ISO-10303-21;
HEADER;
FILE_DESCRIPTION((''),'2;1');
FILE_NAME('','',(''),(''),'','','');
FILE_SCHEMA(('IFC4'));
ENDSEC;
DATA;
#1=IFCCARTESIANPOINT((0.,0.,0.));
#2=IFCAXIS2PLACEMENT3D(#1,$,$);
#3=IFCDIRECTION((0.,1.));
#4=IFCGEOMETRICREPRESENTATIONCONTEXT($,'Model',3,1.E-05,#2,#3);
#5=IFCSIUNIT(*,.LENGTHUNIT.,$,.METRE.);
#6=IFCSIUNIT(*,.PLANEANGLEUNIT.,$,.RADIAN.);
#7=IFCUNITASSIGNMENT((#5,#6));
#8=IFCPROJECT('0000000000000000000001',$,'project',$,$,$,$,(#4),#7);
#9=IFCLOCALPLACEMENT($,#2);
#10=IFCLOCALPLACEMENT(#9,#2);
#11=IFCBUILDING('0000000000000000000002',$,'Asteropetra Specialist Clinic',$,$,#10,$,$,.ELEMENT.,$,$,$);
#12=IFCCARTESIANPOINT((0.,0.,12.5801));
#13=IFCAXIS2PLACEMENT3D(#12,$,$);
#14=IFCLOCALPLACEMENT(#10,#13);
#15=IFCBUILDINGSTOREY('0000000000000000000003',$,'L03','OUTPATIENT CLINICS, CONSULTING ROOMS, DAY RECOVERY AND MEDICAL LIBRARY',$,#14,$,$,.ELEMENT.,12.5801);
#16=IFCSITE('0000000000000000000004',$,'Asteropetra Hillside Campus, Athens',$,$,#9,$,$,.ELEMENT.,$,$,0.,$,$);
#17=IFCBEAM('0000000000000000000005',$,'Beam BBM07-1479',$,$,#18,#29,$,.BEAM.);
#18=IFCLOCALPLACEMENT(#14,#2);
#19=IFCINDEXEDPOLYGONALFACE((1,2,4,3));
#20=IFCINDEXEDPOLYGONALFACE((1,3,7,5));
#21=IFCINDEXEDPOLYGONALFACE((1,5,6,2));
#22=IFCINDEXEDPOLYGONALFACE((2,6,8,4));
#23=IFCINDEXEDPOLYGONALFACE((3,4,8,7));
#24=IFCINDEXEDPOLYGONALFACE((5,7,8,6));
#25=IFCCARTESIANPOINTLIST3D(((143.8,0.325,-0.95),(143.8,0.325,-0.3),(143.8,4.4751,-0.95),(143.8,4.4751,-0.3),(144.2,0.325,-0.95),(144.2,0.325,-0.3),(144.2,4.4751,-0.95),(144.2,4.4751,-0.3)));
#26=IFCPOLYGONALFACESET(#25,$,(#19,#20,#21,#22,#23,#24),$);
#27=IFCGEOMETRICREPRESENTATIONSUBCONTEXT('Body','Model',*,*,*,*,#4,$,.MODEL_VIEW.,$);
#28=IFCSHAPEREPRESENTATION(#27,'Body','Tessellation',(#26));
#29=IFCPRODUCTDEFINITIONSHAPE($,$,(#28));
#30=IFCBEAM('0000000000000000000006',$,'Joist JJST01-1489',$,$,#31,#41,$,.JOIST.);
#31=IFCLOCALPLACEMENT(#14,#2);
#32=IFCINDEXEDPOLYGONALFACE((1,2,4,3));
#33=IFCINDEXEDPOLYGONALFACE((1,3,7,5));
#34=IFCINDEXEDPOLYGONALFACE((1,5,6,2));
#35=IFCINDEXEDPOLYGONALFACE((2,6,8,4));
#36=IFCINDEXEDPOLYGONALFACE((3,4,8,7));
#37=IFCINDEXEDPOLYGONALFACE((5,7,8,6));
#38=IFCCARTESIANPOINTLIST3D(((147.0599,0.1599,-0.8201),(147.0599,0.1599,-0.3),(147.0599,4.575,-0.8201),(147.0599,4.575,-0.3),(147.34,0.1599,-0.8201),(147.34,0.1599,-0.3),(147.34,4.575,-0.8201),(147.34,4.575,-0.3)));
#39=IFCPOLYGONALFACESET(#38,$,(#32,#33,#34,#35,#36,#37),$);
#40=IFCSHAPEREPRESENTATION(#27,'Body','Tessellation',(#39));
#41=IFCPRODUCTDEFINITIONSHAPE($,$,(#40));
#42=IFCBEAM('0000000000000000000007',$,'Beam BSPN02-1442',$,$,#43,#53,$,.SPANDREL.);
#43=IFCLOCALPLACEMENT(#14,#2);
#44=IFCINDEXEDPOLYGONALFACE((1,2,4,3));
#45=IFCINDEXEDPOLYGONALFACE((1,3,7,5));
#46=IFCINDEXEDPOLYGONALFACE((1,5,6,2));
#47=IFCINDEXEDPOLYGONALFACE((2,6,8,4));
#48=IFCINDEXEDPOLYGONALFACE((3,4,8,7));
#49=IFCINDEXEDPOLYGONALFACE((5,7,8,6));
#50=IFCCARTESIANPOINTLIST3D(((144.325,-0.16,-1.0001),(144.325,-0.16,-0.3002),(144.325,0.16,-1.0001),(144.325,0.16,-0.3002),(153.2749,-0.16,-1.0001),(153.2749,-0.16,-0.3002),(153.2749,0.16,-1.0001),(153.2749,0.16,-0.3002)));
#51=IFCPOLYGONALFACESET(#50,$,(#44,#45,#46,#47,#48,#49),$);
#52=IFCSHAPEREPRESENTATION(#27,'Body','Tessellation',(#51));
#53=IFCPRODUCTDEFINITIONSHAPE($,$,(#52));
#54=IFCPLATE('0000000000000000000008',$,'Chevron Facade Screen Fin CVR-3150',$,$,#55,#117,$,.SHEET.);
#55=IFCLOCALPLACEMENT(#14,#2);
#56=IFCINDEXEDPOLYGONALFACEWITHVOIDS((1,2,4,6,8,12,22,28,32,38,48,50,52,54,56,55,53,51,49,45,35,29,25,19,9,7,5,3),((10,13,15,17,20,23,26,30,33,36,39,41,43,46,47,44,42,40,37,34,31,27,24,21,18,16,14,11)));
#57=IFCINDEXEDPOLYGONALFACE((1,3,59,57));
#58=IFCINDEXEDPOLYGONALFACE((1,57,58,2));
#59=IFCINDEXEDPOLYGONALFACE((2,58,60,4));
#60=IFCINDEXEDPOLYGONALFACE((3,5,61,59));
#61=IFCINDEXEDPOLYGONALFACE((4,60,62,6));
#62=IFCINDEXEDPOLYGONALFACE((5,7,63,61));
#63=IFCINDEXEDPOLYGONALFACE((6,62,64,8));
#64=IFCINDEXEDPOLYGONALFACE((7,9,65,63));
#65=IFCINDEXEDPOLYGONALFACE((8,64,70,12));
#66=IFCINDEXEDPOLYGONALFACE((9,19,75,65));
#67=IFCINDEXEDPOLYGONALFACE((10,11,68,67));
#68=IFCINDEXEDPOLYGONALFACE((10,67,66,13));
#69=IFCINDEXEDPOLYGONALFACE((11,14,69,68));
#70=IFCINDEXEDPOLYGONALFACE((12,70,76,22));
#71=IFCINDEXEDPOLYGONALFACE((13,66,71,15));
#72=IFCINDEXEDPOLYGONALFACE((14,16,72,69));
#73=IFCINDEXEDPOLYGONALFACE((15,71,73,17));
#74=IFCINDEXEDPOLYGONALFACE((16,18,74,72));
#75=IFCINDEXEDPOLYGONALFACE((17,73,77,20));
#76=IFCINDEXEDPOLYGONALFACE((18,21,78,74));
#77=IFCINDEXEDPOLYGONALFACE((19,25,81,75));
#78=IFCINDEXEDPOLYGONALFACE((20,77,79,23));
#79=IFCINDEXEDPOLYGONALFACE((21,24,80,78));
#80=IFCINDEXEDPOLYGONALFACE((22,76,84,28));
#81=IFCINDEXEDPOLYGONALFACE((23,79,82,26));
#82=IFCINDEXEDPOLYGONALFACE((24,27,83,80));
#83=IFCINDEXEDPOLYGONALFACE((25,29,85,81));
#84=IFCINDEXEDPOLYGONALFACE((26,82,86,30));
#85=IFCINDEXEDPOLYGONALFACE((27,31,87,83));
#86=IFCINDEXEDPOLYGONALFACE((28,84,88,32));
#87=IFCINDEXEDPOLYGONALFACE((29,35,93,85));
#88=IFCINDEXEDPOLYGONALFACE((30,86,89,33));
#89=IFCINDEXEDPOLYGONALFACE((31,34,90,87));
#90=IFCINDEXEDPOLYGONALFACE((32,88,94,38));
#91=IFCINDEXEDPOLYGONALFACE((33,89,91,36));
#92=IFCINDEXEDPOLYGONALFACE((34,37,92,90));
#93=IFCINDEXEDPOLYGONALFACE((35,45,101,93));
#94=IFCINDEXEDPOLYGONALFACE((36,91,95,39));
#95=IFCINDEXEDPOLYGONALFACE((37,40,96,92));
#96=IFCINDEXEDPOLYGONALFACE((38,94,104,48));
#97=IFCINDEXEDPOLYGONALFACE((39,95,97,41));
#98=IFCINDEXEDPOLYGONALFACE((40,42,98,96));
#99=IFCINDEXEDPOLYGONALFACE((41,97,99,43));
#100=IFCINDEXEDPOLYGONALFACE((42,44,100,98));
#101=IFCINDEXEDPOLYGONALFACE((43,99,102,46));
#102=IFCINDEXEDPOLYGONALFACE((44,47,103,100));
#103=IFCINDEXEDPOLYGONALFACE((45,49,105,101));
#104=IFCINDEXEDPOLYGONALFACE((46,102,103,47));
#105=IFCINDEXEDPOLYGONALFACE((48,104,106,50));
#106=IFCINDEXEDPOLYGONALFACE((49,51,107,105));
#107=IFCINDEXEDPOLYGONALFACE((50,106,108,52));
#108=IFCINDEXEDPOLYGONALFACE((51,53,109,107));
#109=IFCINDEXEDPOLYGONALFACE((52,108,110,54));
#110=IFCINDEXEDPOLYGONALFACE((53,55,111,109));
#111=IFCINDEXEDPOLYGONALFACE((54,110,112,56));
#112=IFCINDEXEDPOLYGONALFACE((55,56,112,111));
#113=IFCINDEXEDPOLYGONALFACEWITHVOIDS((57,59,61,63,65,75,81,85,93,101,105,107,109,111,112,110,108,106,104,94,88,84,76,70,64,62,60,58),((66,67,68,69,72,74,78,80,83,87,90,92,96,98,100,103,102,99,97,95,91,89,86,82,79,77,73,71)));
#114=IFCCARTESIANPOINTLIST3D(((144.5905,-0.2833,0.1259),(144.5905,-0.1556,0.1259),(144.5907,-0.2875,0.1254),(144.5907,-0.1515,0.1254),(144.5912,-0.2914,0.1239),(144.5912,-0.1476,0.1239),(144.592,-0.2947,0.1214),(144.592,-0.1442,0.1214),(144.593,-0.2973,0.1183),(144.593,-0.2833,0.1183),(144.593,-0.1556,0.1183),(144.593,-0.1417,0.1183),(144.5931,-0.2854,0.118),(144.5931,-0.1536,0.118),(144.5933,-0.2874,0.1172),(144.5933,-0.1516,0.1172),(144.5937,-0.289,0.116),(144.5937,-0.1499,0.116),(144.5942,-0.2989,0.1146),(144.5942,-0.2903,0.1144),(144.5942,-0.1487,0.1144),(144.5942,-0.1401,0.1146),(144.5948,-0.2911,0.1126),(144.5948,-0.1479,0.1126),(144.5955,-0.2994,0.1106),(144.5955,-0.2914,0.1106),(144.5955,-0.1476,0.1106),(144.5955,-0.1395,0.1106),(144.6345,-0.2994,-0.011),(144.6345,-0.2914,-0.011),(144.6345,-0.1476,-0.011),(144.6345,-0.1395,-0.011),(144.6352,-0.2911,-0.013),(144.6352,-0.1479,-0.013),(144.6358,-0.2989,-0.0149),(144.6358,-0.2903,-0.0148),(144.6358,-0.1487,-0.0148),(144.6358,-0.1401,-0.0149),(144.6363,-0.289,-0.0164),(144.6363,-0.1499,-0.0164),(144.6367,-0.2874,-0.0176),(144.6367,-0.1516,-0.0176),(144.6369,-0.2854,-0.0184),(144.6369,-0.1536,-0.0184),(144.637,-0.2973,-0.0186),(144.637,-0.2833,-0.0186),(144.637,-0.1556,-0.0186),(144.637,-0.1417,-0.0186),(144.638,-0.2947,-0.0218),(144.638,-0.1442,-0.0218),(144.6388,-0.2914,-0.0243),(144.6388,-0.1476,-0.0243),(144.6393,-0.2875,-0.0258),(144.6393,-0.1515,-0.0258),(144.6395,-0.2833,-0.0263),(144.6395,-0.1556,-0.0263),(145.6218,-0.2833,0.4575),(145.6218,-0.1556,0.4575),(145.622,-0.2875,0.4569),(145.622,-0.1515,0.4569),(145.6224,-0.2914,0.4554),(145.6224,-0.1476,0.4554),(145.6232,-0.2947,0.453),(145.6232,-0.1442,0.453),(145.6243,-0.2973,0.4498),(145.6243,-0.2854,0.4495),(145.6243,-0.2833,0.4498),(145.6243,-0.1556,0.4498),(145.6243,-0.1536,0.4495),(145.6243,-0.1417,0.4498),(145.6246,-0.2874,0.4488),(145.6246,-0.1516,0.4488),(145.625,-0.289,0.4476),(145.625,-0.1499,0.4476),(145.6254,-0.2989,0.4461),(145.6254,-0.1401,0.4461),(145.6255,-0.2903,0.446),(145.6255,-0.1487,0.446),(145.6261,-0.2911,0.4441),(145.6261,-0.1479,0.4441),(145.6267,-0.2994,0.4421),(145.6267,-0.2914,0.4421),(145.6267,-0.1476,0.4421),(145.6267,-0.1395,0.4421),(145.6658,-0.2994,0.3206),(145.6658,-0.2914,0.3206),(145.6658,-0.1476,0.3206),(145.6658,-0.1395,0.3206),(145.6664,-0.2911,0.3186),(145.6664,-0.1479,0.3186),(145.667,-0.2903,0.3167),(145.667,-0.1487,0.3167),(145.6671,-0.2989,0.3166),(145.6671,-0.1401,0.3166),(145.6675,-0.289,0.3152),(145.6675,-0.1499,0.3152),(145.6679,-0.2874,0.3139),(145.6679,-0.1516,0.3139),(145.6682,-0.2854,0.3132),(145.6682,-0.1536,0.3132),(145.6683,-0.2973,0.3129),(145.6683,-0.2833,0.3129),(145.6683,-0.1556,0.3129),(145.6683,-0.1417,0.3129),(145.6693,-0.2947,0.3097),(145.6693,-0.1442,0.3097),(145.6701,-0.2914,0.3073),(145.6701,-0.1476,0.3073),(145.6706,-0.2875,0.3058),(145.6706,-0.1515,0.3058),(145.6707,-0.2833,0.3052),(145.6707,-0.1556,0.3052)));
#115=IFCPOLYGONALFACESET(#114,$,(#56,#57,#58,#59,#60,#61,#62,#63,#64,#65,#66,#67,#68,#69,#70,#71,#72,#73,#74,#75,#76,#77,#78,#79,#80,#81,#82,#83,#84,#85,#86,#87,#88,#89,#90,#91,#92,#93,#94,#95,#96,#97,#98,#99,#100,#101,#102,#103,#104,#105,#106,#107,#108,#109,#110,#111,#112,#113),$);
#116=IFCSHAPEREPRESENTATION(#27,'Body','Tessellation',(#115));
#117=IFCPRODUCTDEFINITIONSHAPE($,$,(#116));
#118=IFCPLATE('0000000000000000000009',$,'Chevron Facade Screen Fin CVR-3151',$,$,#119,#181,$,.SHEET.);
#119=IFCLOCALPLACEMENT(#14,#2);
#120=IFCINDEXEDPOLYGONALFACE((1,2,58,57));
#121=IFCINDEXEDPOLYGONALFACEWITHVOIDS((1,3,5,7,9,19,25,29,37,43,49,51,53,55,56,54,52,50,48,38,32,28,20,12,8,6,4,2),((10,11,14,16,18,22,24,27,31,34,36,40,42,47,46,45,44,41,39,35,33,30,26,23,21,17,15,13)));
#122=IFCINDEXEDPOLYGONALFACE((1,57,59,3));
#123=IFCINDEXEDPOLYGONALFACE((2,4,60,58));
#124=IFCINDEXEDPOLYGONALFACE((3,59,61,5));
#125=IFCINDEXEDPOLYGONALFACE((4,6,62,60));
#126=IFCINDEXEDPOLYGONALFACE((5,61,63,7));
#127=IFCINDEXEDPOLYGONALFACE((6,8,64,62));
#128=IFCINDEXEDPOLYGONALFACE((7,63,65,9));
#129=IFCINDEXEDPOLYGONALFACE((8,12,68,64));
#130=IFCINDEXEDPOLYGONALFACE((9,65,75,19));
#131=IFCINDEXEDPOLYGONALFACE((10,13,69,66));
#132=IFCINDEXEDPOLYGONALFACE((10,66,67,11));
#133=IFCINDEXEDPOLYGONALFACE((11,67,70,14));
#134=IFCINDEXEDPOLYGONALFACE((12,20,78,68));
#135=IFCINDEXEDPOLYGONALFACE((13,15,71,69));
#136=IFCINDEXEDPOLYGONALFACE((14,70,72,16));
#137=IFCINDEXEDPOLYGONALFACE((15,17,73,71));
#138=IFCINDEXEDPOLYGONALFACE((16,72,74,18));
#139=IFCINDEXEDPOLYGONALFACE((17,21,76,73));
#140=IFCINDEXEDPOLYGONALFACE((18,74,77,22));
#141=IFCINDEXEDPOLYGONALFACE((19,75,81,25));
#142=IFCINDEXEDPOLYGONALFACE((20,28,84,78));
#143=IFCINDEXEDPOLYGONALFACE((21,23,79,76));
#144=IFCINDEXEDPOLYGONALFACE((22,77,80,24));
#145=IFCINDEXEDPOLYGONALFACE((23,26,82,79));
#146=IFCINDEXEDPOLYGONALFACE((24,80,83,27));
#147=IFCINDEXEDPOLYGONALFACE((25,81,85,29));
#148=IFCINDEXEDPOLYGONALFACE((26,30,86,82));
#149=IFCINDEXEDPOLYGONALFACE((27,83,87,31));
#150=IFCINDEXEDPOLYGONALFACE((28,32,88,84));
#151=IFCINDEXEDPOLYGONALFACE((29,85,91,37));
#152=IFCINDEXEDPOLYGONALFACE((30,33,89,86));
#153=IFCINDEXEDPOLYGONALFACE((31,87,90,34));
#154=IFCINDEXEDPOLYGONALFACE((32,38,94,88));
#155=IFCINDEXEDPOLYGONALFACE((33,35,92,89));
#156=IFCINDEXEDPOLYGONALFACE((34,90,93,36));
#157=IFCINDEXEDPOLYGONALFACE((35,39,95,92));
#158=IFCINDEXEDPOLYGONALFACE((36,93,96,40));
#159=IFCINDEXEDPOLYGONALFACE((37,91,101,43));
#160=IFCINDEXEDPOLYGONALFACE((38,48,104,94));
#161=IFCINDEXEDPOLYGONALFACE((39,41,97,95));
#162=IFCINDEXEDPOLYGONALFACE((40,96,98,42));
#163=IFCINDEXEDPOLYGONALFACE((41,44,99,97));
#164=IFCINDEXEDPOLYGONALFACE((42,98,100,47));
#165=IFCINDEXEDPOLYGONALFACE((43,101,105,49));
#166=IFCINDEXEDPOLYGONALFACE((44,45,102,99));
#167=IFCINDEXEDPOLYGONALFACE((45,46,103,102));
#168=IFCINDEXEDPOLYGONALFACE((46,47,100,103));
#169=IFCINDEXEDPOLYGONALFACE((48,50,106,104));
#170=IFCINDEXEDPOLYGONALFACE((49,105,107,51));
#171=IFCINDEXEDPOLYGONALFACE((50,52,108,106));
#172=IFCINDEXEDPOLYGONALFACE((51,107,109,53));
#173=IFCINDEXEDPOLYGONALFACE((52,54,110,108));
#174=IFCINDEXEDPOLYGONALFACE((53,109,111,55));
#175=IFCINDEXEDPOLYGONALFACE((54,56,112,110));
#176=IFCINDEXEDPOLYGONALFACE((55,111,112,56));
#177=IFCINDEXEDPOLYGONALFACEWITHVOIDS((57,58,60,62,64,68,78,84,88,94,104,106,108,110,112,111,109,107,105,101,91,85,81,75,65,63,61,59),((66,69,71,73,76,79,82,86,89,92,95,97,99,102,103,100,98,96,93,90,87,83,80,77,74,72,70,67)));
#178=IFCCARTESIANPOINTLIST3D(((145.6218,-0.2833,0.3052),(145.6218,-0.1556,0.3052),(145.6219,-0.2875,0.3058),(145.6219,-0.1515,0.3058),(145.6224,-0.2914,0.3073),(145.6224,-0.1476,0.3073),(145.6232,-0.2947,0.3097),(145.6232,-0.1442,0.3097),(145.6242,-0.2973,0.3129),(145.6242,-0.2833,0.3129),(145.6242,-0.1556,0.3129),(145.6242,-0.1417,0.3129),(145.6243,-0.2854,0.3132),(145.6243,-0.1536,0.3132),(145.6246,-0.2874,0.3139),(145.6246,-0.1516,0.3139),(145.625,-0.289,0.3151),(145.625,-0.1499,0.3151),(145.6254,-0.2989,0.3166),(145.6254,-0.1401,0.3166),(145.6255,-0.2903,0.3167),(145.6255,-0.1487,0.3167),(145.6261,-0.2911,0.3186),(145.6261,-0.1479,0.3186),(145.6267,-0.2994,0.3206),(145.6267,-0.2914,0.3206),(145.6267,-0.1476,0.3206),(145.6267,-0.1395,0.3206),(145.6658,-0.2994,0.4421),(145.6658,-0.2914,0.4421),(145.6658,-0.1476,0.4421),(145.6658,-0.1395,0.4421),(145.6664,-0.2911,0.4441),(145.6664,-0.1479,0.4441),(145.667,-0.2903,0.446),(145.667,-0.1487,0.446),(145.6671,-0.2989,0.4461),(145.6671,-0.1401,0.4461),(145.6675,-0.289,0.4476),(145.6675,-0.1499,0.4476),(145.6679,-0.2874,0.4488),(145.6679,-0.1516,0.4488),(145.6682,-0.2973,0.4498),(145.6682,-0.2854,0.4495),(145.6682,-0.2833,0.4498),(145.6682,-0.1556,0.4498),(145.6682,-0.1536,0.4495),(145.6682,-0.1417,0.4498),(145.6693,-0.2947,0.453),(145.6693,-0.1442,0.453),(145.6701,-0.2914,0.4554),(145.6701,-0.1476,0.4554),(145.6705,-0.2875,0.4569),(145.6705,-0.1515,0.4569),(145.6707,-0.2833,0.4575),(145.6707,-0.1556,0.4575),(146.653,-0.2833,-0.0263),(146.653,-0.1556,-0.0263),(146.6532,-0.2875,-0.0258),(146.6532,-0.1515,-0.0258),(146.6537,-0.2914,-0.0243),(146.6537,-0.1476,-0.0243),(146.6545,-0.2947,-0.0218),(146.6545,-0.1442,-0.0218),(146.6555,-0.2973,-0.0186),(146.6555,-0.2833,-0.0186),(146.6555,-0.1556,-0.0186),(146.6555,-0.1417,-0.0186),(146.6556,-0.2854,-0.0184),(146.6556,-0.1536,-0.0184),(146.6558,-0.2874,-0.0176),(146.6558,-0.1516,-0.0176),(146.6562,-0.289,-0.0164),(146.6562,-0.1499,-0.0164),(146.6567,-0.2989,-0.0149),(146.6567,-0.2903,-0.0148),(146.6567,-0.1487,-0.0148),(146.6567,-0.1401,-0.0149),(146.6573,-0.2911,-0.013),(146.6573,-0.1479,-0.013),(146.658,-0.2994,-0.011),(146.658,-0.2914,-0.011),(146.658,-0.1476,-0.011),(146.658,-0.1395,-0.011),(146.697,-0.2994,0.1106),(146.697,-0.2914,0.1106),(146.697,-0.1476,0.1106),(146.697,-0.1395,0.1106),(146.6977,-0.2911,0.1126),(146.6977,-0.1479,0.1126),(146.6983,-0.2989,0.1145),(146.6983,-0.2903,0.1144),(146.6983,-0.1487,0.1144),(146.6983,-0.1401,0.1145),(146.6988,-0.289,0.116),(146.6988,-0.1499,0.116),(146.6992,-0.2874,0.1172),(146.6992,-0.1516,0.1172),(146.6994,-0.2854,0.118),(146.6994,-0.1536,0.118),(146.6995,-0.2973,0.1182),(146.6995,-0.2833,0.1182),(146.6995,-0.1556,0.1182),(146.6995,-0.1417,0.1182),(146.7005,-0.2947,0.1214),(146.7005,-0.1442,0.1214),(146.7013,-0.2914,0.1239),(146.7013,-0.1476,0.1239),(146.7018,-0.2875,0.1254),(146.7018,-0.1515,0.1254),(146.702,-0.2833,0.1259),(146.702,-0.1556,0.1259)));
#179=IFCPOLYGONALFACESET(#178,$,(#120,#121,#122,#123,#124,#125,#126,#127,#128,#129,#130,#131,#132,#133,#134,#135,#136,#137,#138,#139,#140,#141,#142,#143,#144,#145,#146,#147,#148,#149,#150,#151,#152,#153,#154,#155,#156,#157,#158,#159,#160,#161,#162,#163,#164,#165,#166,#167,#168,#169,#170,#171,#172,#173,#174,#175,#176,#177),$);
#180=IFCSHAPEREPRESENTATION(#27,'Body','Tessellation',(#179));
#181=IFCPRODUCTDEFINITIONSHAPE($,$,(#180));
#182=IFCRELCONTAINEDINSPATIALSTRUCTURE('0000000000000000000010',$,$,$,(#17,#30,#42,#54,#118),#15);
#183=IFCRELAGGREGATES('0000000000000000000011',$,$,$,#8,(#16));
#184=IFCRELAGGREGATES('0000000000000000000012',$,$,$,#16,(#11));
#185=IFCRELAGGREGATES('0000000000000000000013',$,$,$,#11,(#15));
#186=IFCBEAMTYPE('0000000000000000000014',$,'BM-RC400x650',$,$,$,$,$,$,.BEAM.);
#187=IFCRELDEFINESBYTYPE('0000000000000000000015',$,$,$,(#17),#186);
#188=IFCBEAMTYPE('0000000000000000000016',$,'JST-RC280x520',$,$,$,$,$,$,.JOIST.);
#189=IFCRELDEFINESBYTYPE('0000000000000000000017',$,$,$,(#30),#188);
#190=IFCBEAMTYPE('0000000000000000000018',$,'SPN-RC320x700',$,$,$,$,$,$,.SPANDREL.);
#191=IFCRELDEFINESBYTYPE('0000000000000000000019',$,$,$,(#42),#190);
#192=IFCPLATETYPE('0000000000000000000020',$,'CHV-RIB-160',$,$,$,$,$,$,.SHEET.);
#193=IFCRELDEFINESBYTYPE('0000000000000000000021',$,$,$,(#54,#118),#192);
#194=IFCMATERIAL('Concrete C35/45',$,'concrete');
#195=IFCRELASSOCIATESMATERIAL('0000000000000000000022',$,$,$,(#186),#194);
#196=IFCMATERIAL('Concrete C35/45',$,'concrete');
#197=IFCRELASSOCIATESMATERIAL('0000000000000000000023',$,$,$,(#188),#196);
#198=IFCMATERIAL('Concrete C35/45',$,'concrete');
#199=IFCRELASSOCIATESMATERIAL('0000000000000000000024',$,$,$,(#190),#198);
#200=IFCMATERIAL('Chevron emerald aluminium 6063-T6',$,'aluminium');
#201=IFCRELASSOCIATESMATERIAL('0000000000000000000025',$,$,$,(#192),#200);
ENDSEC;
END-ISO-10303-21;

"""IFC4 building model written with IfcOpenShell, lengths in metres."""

from ifc_helpers import new_model, si_unit, direction, frame, origin, origin_2d, place, context, subcontext, project, spatial, rectangle, hollow_rectangle, extrude, material, material_profile, profile_set, type_object, element, save


model = new_model("IFC4")

# Units and contexts
model_context = context("Model", 3, precision=1e-05, world=origin(), true_north=direction((0.0, 1.0)))
body_context = subcontext(model_context, "Body", "Model", "MODEL_VIEW")
ifc_project = project(units=[si_unit("LENGTHUNIT", "METRE"), si_unit("PLANEANGLEUNIT", "RADIAN")], contexts=[model_context])

# Site, building, storey
site_placement = place(None, origin())
site = spatial("IfcSite", under=ifc_project, at=site_placement, Name="Asteropetra Hillside Campus, Athens", CompositionType="ELEMENT", RefElevation=0.0)
building_placement = place(site_placement, origin())
building = spatial("IfcBuilding", under=site, at=building_placement, Name="Asteropetra Specialist Clinic", CompositionType="ELEMENT")
storey_placement = place(building_placement, frame((0.0, 0.0, 12.5801)))
storey = spatial("IfcBuildingStorey", under=building, at=storey_placement, Name="L03", Description="OUTPATIENT CLINICS, CONSULTING ROOMS, DAY RECOVERY AND MEDICAL LIBRARY", CompositionType="ELEMENT", Elevation=12.5801)

# Beams
ifc_material_1 = material(Name="Concrete C35/45", Category="concrete")
ifc_material_profile_1 = material_profile(ifc_material_1, rectangle(XDim=0.3999, YDim=0.6499, at=origin_2d()), Name="RCB 400x650")
ifc_profile_set_1 = profile_set([ifc_material_profile_1], Name="Concrete C35/45")
beam_type_1 = type_object("IfcBeamType", Name="BM-RC400x650", PredefinedType="BEAM", material=ifc_profile_set_1)
beam_1_placement = place(storey_placement, frame((144.0, 0.325, -0.625), z_axis=(0.0, 1.0, 0.0), x_axis=(-1.0, 0.0, 0.0)))
element("IfcBeam", 1, at=beam_1_placement, inside=storey, type_object=beam_type_1, Name="Beam BBM07-1479", PredefinedType="BEAM", context=body_context, shape_type="SweptSolid", body=[
    extrude(rectangle(XDim=0.3999, YDim=0.6499, at=origin_2d()), origin(), (0.0, 0.0, 1.0), 4.1501),
])
ifc_material_2 = material(Name="Concrete C35/45", Category="concrete")
ifc_material_profile_2 = material_profile(ifc_material_2, rectangle(XDim=0.28, YDim=0.52, at=origin_2d()), Name="RCJ 280x520")
ifc_profile_set_2 = profile_set([ifc_material_profile_2], Name="Concrete C35/45")
beam_type_2 = type_object("IfcBeamType", Name="JST-RC280x520", PredefinedType="JOIST", material=ifc_profile_set_2)
beam_2_placement = place(storey_placement, frame((147.2, 0.1599, -0.5601), z_axis=(0.0, 1.0, 0.0), x_axis=(-1.0, 0.0, 0.0)))
element("IfcBeam", 2, at=beam_2_placement, inside=storey, type_object=beam_type_2, Name="Joist JJST01-1489", PredefinedType="JOIST", context=body_context, shape_type="SweptSolid", body=[
    extrude(rectangle(XDim=0.28, YDim=0.52, at=origin_2d()), origin(), (0.0, 0.0, 1.0), 4.415),
])
ifc_material_3 = material(Name="Concrete C35/45", Category="concrete")
ifc_material_profile_3 = material_profile(ifc_material_3, rectangle(XDim=0.3201, YDim=0.7, at=origin_2d()), Name="RCS 320x700")
ifc_profile_set_3 = profile_set([ifc_material_profile_3], Name="Concrete C35/45")
beam_type_3 = type_object("IfcBeamType", Name="SPN-RC320x700", PredefinedType="SPANDREL", material=ifc_profile_set_3)
beam_3_placement = place(storey_placement, frame((144.325, 0.0, -0.6501), z_axis=(1.0, 0.0, 0.0), x_axis=(0.0, 1.0, 0.0)))
element("IfcBeam", 3, at=beam_3_placement, inside=storey, type_object=beam_type_3, Name="Beam BSPN02-1442", PredefinedType="SPANDREL", context=body_context, shape_type="SweptSolid", body=[
    extrude(rectangle(XDim=0.3201, YDim=0.7, at=origin_2d()), origin(), (0.0, 0.0, 1.0), 8.95),
])

# Plates
ifc_material_4 = material(Name="Chevron emerald aluminium 6063-T6", Category="aluminium")
ifc_material_profile_4 = material_profile(ifc_material_4, hollow_rectangle(XDim=0.1599, YDim=0.1599, WallThickness=0.0081, InnerFilletRadius=0.0081, OuterFilletRadius=0.0161, at=origin_2d()), Name="SHS 160x160x8.0")
ifc_profile_set_4 = profile_set([ifc_material_profile_4], Name="Chevron emerald aluminium 6063-T6")
plate_type_1 = type_object("IfcPlateType", Name="CHV-RIB-160", PredefinedType="SHEET", material=ifc_profile_set_4)
for number, where, z_axis, x_axis, name in (
    (4, (144.615, -0.2195, 0.0498), (0.95201, 0.0, 0.306068), (0.0, 1.0, 0.0), "Chevron Facade Screen Fin CVR-3150"),
    (5, (145.6462, -0.2195, 0.3813), (0.95201, 0.0, -0.306068), (0.0, 1.0, 0.0), "Chevron Facade Screen Fin CVR-3151"),
):
    element("IfcPlate", number, at=place(storey_placement, frame(where, z_axis=z_axis, x_axis=x_axis)), inside=storey, type_object=plate_type_1, Name=name, PredefinedType="SHEET", context=body_context, shape_type="SweptSolid", body=[
        extrude(hollow_rectangle(XDim=0.1599, YDim=0.1599, WallThickness=0.0081, InnerFilletRadius=0.0081, OuterFilletRadius=0.0161, at=origin_2d()), origin(), (0.0, 0.0, 1.0), 1.0833),
    ])

save(model, "model.ifc")
